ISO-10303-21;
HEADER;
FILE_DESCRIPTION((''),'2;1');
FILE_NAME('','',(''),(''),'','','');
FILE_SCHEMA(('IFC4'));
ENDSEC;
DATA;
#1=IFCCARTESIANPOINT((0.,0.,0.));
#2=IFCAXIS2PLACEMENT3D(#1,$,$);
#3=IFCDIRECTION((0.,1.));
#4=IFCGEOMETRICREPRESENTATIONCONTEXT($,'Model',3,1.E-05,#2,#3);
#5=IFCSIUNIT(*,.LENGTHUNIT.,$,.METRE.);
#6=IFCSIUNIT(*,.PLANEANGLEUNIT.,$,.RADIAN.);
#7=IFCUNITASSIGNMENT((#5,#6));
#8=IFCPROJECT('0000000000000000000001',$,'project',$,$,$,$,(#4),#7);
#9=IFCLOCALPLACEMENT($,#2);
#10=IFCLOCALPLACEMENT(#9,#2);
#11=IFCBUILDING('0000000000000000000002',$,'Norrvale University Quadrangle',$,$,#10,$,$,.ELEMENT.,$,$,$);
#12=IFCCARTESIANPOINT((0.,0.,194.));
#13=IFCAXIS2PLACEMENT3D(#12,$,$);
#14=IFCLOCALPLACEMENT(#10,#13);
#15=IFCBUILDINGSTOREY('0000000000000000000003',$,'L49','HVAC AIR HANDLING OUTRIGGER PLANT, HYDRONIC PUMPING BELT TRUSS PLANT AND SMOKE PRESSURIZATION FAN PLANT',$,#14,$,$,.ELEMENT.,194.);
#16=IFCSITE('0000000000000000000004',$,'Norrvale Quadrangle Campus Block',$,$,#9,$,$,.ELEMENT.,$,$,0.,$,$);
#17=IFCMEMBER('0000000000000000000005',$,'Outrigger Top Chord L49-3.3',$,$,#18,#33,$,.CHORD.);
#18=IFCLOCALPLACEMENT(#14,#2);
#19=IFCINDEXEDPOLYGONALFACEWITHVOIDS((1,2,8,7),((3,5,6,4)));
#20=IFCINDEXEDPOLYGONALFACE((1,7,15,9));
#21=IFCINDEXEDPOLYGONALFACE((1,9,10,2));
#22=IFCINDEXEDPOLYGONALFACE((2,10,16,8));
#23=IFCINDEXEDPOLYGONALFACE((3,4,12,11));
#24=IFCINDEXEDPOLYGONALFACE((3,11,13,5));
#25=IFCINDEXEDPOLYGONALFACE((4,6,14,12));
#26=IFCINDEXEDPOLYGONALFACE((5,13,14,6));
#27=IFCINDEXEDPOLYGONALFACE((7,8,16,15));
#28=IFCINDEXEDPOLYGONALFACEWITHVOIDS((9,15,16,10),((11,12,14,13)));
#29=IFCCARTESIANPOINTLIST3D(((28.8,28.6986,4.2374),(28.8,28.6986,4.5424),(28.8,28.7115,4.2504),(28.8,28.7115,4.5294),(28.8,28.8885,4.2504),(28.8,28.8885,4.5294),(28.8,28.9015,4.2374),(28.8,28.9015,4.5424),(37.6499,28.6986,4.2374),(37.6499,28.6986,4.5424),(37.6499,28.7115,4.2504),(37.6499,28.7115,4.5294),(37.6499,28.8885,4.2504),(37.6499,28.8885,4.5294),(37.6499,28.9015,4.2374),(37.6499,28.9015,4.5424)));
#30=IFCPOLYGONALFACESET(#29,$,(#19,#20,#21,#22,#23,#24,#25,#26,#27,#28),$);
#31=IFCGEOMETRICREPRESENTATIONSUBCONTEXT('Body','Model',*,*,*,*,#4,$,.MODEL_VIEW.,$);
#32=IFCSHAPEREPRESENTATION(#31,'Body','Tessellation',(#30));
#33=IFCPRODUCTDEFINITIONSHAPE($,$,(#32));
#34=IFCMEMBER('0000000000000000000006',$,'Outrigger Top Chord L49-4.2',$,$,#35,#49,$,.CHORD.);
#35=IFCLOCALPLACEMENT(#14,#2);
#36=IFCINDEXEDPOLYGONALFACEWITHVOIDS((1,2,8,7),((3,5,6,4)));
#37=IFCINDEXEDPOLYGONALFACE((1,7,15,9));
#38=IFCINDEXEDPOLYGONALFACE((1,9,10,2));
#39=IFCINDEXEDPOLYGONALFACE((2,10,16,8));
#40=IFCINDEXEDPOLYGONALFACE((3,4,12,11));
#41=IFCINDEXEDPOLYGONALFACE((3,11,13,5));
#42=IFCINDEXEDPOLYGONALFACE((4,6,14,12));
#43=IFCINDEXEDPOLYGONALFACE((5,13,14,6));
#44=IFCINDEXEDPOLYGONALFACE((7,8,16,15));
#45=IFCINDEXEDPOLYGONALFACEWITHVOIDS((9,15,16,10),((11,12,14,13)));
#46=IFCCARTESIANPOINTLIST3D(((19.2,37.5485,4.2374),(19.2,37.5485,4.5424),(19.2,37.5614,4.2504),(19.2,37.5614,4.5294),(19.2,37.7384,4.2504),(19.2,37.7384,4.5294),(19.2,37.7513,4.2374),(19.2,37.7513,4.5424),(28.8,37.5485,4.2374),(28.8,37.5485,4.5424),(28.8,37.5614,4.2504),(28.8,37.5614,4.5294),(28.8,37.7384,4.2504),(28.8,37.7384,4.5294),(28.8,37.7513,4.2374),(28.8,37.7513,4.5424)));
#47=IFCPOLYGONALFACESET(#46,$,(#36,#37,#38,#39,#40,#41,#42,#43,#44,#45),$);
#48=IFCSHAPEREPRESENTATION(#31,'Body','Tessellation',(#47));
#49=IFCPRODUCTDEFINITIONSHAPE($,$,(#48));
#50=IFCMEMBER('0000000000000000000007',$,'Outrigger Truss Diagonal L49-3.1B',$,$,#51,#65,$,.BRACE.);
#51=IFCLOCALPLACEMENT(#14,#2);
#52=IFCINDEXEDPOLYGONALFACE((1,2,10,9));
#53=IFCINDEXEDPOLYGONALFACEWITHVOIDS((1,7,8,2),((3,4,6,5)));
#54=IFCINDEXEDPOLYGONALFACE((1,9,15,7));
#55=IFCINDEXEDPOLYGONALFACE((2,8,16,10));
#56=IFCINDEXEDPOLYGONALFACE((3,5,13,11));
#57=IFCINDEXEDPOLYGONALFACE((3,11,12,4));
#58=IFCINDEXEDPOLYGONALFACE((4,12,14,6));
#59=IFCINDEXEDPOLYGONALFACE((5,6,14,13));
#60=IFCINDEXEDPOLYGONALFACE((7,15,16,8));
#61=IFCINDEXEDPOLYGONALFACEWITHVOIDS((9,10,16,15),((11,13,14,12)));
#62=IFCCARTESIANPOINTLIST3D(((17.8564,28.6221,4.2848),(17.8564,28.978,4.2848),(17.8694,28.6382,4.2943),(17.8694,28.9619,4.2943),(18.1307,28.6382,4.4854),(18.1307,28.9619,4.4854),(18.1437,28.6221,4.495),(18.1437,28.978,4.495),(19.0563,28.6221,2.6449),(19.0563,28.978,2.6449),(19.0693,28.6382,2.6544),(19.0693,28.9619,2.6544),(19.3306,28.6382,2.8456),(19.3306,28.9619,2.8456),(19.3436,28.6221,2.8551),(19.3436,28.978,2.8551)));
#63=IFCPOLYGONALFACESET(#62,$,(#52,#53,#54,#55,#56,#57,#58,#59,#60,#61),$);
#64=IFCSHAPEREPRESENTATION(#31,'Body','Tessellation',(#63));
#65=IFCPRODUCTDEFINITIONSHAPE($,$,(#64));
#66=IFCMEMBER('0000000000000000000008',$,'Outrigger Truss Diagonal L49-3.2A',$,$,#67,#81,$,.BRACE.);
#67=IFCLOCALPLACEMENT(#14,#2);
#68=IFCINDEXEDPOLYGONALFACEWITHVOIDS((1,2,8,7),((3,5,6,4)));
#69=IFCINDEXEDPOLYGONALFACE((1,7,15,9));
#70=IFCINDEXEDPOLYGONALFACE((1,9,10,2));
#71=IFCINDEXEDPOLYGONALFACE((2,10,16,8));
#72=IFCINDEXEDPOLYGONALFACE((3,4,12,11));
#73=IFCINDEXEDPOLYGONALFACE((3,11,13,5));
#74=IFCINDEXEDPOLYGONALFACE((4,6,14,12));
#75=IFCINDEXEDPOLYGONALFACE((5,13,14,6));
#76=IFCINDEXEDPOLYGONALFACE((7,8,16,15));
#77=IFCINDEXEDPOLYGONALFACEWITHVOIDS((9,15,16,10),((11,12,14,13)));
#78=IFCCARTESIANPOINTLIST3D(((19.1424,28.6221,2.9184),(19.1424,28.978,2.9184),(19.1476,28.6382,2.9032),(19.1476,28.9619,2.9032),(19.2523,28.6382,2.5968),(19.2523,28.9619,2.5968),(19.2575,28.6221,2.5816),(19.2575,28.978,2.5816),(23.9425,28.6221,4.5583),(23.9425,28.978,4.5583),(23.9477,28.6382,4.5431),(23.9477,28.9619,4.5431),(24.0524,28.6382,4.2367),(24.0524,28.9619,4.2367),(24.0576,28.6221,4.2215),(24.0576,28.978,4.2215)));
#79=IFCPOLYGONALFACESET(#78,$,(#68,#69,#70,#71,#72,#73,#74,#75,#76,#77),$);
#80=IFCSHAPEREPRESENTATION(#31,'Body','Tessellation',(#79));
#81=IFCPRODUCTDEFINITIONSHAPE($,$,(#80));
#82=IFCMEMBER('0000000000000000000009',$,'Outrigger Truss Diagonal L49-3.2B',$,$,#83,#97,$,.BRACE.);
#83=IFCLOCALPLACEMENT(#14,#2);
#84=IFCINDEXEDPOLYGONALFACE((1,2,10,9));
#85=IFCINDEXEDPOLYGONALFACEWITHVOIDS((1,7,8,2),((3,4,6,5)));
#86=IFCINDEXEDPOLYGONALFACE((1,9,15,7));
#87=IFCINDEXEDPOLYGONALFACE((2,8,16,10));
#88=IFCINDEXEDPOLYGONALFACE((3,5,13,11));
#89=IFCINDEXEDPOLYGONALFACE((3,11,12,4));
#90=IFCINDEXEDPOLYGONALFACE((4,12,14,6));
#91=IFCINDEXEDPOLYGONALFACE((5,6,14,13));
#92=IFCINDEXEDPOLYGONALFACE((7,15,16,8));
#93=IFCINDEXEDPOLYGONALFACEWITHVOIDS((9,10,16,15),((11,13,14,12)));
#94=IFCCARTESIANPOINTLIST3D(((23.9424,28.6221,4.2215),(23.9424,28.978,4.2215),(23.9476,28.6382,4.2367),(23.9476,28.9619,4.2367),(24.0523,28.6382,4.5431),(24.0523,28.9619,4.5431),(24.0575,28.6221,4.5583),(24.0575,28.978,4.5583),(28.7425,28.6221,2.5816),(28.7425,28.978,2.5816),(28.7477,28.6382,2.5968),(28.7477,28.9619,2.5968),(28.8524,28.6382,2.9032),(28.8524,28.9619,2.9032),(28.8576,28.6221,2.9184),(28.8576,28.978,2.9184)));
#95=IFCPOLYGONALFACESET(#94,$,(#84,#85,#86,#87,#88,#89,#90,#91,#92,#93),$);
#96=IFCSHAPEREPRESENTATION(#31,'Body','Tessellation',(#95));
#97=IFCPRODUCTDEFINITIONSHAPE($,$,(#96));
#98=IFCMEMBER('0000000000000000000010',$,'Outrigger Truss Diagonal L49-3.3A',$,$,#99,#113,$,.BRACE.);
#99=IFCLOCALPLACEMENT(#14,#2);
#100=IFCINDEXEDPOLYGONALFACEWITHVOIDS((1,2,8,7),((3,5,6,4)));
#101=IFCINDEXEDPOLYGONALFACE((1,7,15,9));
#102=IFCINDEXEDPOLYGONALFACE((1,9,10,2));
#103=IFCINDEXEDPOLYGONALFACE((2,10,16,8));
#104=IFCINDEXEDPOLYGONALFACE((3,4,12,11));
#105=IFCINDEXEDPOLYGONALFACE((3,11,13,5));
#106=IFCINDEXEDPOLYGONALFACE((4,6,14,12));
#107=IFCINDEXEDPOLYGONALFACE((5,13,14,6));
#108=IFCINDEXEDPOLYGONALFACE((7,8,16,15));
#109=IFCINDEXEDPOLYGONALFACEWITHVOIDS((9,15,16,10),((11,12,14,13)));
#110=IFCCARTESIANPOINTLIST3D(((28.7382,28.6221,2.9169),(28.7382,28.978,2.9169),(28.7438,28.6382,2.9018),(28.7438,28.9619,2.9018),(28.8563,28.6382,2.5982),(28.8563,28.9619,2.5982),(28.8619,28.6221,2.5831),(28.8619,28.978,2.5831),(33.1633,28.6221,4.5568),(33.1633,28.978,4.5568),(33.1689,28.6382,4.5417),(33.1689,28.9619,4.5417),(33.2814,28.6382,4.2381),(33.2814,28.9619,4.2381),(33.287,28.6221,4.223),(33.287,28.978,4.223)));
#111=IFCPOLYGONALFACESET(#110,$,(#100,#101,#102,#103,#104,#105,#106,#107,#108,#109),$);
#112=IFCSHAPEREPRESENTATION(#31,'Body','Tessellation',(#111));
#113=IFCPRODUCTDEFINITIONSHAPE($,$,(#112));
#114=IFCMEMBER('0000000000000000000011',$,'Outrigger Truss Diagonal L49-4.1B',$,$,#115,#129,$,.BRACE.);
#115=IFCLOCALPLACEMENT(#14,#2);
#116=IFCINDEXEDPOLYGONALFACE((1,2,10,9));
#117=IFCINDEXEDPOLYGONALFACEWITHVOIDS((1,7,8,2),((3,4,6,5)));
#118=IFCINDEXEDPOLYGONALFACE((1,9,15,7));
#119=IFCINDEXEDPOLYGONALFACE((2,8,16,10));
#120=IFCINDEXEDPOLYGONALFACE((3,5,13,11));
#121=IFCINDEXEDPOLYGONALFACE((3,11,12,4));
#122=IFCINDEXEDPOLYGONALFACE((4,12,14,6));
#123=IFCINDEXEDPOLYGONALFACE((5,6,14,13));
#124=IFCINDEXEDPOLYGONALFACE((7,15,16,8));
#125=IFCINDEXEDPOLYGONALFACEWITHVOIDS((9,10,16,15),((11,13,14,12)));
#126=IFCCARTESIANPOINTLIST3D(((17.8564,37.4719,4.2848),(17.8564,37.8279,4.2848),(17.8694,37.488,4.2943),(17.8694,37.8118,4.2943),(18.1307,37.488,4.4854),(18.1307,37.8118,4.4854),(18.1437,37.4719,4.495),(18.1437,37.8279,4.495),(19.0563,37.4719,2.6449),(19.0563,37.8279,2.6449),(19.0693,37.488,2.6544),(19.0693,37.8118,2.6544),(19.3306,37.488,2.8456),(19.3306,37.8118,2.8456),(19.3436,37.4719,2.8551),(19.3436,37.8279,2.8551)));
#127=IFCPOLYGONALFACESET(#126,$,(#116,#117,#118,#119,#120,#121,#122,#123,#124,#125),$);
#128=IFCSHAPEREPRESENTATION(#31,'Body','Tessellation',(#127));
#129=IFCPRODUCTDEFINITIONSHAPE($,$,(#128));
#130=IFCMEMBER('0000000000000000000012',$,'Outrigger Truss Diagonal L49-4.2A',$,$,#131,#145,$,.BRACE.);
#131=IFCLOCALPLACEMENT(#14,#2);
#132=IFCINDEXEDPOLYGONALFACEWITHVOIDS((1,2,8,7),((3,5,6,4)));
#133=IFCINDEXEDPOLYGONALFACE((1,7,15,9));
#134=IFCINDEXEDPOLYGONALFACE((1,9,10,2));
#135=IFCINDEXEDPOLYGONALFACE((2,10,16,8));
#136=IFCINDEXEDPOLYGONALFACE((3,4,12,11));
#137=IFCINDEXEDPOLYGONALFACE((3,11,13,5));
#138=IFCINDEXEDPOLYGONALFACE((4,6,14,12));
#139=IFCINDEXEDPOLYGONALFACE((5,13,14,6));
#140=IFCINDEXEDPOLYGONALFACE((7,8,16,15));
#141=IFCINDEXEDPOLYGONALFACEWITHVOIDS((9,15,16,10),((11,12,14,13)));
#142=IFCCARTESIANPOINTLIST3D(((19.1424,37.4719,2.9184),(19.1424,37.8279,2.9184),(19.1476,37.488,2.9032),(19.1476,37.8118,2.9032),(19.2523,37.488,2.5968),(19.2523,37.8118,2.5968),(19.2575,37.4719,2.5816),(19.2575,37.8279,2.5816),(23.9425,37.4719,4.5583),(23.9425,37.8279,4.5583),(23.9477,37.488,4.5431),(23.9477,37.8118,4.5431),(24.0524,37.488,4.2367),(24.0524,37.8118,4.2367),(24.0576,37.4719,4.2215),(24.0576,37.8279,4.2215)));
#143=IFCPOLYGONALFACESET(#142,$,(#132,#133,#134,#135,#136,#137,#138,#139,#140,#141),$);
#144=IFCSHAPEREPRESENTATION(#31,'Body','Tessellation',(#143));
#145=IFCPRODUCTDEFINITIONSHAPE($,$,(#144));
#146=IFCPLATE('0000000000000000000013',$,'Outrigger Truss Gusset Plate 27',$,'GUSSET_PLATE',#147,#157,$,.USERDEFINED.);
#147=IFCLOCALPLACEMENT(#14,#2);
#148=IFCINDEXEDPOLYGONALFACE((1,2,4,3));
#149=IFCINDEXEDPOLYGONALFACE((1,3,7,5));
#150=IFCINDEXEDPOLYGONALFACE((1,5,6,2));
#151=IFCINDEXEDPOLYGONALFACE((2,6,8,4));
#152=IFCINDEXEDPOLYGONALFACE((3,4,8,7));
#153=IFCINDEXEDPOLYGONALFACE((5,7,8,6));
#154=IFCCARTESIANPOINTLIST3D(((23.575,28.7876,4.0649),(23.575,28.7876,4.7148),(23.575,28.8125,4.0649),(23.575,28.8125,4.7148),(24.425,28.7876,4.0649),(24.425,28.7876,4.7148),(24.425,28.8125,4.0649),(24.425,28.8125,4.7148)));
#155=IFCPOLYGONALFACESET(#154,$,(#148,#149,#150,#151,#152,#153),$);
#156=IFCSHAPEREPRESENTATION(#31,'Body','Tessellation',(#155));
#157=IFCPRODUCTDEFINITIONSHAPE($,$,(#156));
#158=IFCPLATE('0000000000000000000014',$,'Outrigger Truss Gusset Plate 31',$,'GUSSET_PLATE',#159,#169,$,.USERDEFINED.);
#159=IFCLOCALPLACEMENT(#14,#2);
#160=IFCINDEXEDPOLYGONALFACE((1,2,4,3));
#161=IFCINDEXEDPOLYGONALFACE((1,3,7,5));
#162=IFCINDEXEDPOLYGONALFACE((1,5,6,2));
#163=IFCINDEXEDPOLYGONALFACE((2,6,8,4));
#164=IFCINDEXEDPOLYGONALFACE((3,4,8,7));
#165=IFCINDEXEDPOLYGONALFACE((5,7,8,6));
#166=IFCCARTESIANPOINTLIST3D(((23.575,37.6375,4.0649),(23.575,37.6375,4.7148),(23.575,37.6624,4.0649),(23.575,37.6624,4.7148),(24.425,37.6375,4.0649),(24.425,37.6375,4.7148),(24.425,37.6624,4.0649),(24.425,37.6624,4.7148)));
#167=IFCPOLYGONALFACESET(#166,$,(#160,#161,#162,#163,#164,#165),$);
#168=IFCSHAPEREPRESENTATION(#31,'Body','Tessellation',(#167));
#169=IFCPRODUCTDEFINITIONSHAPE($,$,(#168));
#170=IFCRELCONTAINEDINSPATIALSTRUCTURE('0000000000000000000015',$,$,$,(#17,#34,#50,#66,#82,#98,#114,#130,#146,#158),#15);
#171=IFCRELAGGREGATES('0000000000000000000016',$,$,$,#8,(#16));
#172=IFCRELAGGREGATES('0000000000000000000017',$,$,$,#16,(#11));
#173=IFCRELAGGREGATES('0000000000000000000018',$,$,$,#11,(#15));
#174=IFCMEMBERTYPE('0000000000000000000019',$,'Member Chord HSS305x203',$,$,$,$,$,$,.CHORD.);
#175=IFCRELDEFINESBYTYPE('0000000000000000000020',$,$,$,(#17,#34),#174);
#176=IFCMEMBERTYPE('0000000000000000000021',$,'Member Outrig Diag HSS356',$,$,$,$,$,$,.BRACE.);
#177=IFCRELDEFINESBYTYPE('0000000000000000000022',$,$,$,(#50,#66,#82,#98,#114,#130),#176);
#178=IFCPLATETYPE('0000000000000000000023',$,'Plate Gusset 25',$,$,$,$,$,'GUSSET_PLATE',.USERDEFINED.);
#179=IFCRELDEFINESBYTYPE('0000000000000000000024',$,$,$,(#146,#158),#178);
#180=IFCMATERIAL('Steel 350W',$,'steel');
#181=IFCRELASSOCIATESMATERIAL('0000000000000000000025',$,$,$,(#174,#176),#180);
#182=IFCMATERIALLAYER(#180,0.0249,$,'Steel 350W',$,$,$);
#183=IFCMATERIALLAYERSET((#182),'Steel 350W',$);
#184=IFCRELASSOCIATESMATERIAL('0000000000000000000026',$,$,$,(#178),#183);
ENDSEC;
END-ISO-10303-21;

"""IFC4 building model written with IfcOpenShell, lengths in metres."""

from ifc_helpers import new_model, si_unit, direction, frame, origin, origin_2d, place, context, subcontext, project, spatial, rectangle, hollow_rectangle, extrude, material, layer, layer_set, material_profile, profile_set, type_object, element, save


model = new_model("IFC4")

# Units and contexts
model_context = context("Model", 3, precision=1e-05, world=origin(), true_north=direction((0.0, 1.0)))
body_context = subcontext(model_context, "Body", "Model", "MODEL_VIEW")
ifc_project = project(units=[si_unit("LENGTHUNIT", "METRE"), si_unit("PLANEANGLEUNIT", "RADIAN")], contexts=[model_context])

# Site, building, storey
site_placement = place(None, origin())
site = spatial("IfcSite", under=ifc_project, at=site_placement, Name="Norrvale Quadrangle Campus Block", CompositionType="ELEMENT", RefElevation=0.0)
building_placement = place(site_placement, origin())
building = spatial("IfcBuilding", under=site, at=building_placement, Name="Norrvale University Quadrangle", CompositionType="ELEMENT")
storey_placement = place(building_placement, frame((0.0, 0.0, 194.0)))
storey = spatial("IfcBuildingStorey", under=building, at=storey_placement, Name="L49", Description="HVAC AIR HANDLING OUTRIGGER PLANT, HYDRONIC PUMPING BELT TRUSS PLANT AND SMOKE PRESSURIZATION FAN PLANT", CompositionType="ELEMENT", Elevation=194.0)

# Shared definitions
ifc_material_1 = material(Name="Steel 350W", Category="steel")

# Members
ifc_material_profile_1 = material_profile(ifc_material_1, hollow_rectangle(XDim=0.2029, YDim=0.3049, WallThickness=0.0129, at=origin_2d()), Name="Steel 350W")
ifc_profile_set_1 = profile_set([ifc_material_profile_1], Name="Steel 350W")
member_type_1 = type_object("IfcMemberType", Name="Member Chord HSS305x203", PredefinedType="CHORD", material=ifc_profile_set_1)
member_1_placement = place(storey_placement, frame((28.8, 28.8, 4.3899), z_axis=(1.0, 0.0, 0.0), x_axis=(0.0, 1.0, 0.0)))
element("IfcMember", 1, at=member_1_placement, inside=storey, type_object=member_type_1, Name="Outrigger Top Chord L49-3.3", PredefinedType="CHORD", context=body_context, shape_type="SweptSolid", body=[
    extrude(hollow_rectangle(XDim=0.2029, YDim=0.3049, WallThickness=0.0129, at=origin_2d()), origin(), (0.0, 0.0, 1.0), 8.8499),
])
member_2_placement = place(storey_placement, frame((19.2, 37.6499, 4.3899), z_axis=(1.0, 0.0, 0.0), x_axis=(0.0, 1.0, 0.0)))
element("IfcMember", 2, at=member_2_placement, inside=storey, type_object=member_type_1, Name="Outrigger Top Chord L49-4.2", PredefinedType="CHORD", context=body_context, shape_type="SweptSolid", body=[
    extrude(hollow_rectangle(XDim=0.2029, YDim=0.3049, WallThickness=0.0129, at=origin_2d()), origin(), (0.0, 0.0, 1.0), 9.6001),
])
ifc_material_profile_2 = material_profile(ifc_material_1, hollow_rectangle(XDim=0.356, YDim=0.356, WallThickness=0.0161, at=origin_2d()), Name="Steel 350W")
ifc_profile_set_2 = profile_set([ifc_material_profile_2], Name="Steel 350W")
member_type_2 = type_object("IfcMemberType", Name="Member Outrig Diag HSS356", PredefinedType="BRACE", material=ifc_profile_set_2)
member_3_placement = place(storey_placement, frame((19.2, 28.8, 2.75), z_axis=(-0.59052, 0.0, 0.807023), x_axis=(0.0, -1.0, 0.0)))
element("IfcMember", 3, at=member_3_placement, inside=storey, type_object=member_type_2, Name="Outrigger Truss Diagonal L49-3.1B", PredefinedType="BRACE", context=body_context, shape_type="SweptSolid", body=[
    extrude(hollow_rectangle(XDim=0.356, YDim=0.356, WallThickness=0.0161, at=origin_2d()), origin(), (0.0, 0.0, 1.0), 2.032),
])
for number, where, z_axis, x_axis, name in (
    (4, (19.2, 28.8, 2.75), (0.946299, 0.0, 0.323294), (0.0, 1.0, 0.0), "Outrigger Truss Diagonal L49-3.2A"),
    (5, (28.8, 28.8, 2.75), (-0.946299, 0.0, 0.323294), (0.0, -1.0, 0.0), "Outrigger Truss Diagonal L49-3.2B"),
):
    element("IfcMember", number, at=place(storey_placement, frame(where, z_axis=z_axis, x_axis=x_axis)), inside=storey, type_object=member_type_2, Name=name, PredefinedType="BRACE", context=body_context, shape_type="SweptSolid", body=[
        extrude(hollow_rectangle(XDim=0.356, YDim=0.356, WallThickness=0.0161, at=origin_2d()), origin(), (0.0, 0.0, 1.0), 5.0725),
    ])
member_4_placement = place(storey_placement, frame((28.8, 28.8, 2.75), z_axis=(0.937681, 0.0, 0.347498), x_axis=(0.0, 1.0, 0.0)))
element("IfcMember", 6, at=member_4_placement, inside=storey, type_object=member_type_2, Name="Outrigger Truss Diagonal L49-3.3A", PredefinedType="BRACE", context=body_context, shape_type="SweptSolid", body=[
    extrude(hollow_rectangle(XDim=0.356, YDim=0.356, WallThickness=0.0161, at=origin_2d()), origin(), (0.0, 0.0, 1.0), 4.7192),
])
member_5_placement = place(storey_placement, frame((19.2, 37.6499, 2.75), z_axis=(-0.59052, 0.0, 0.807023), x_axis=(0.0, -1.0, 0.0)))
element("IfcMember", 7, at=member_5_placement, inside=storey, type_object=member_type_2, Name="Outrigger Truss Diagonal L49-4.1B", PredefinedType="BRACE", context=body_context, shape_type="SweptSolid", body=[
    extrude(hollow_rectangle(XDim=0.356, YDim=0.356, WallThickness=0.0161, at=origin_2d()), origin(), (0.0, 0.0, 1.0), 2.032),
])
member_6_placement = place(storey_placement, frame((19.2, 37.6499, 2.75), z_axis=(0.946299, 0.0, 0.323294), x_axis=(0.0, 1.0, 0.0)))
element("IfcMember", 8, at=member_6_placement, inside=storey, type_object=member_type_2, Name="Outrigger Truss Diagonal L49-4.2A", PredefinedType="BRACE", context=body_context, shape_type="SweptSolid", body=[
    extrude(hollow_rectangle(XDim=0.356, YDim=0.356, WallThickness=0.0161, at=origin_2d()), origin(), (0.0, 0.0, 1.0), 5.0725),
])

# Plates
ifc_layer = layer(ifc_material_1, 0.0249, Name="Steel 350W")
ifc_layer_set = layer_set([ifc_layer], Name="Steel 350W")
plate_type = type_object("IfcPlateType", Name="Plate Gusset 25", ElementType="GUSSET_PLATE", PredefinedType="USERDEFINED", material=ifc_layer_set)
for number, where, z_axis, x_axis, name in (
    (9, (24.0, 28.8, 4.0649), (0.0, 0.0, 1.0), (1.0, 0.0, 0.0), "Outrigger Truss Gusset Plate 27"),
    (10, (24.0, 37.6499, 4.0649), (0.0, 0.0, 1.0), (1.0, 0.0, 0.0), "Outrigger Truss Gusset Plate 31"),
):
    element("IfcPlate", number, at=place(storey_placement, frame(where, z_axis=z_axis, x_axis=x_axis)), inside=storey, type_object=plate_type, Name=name, ObjectType="GUSSET_PLATE", PredefinedType="USERDEFINED", context=body_context, shape_type="SweptSolid", body=[
        extrude(rectangle(XDim=0.8501, YDim=0.0249, at=origin_2d()), origin(), (0.0, 0.0, 1.0), 0.6499),
    ])

save(model, "model.ifc")
